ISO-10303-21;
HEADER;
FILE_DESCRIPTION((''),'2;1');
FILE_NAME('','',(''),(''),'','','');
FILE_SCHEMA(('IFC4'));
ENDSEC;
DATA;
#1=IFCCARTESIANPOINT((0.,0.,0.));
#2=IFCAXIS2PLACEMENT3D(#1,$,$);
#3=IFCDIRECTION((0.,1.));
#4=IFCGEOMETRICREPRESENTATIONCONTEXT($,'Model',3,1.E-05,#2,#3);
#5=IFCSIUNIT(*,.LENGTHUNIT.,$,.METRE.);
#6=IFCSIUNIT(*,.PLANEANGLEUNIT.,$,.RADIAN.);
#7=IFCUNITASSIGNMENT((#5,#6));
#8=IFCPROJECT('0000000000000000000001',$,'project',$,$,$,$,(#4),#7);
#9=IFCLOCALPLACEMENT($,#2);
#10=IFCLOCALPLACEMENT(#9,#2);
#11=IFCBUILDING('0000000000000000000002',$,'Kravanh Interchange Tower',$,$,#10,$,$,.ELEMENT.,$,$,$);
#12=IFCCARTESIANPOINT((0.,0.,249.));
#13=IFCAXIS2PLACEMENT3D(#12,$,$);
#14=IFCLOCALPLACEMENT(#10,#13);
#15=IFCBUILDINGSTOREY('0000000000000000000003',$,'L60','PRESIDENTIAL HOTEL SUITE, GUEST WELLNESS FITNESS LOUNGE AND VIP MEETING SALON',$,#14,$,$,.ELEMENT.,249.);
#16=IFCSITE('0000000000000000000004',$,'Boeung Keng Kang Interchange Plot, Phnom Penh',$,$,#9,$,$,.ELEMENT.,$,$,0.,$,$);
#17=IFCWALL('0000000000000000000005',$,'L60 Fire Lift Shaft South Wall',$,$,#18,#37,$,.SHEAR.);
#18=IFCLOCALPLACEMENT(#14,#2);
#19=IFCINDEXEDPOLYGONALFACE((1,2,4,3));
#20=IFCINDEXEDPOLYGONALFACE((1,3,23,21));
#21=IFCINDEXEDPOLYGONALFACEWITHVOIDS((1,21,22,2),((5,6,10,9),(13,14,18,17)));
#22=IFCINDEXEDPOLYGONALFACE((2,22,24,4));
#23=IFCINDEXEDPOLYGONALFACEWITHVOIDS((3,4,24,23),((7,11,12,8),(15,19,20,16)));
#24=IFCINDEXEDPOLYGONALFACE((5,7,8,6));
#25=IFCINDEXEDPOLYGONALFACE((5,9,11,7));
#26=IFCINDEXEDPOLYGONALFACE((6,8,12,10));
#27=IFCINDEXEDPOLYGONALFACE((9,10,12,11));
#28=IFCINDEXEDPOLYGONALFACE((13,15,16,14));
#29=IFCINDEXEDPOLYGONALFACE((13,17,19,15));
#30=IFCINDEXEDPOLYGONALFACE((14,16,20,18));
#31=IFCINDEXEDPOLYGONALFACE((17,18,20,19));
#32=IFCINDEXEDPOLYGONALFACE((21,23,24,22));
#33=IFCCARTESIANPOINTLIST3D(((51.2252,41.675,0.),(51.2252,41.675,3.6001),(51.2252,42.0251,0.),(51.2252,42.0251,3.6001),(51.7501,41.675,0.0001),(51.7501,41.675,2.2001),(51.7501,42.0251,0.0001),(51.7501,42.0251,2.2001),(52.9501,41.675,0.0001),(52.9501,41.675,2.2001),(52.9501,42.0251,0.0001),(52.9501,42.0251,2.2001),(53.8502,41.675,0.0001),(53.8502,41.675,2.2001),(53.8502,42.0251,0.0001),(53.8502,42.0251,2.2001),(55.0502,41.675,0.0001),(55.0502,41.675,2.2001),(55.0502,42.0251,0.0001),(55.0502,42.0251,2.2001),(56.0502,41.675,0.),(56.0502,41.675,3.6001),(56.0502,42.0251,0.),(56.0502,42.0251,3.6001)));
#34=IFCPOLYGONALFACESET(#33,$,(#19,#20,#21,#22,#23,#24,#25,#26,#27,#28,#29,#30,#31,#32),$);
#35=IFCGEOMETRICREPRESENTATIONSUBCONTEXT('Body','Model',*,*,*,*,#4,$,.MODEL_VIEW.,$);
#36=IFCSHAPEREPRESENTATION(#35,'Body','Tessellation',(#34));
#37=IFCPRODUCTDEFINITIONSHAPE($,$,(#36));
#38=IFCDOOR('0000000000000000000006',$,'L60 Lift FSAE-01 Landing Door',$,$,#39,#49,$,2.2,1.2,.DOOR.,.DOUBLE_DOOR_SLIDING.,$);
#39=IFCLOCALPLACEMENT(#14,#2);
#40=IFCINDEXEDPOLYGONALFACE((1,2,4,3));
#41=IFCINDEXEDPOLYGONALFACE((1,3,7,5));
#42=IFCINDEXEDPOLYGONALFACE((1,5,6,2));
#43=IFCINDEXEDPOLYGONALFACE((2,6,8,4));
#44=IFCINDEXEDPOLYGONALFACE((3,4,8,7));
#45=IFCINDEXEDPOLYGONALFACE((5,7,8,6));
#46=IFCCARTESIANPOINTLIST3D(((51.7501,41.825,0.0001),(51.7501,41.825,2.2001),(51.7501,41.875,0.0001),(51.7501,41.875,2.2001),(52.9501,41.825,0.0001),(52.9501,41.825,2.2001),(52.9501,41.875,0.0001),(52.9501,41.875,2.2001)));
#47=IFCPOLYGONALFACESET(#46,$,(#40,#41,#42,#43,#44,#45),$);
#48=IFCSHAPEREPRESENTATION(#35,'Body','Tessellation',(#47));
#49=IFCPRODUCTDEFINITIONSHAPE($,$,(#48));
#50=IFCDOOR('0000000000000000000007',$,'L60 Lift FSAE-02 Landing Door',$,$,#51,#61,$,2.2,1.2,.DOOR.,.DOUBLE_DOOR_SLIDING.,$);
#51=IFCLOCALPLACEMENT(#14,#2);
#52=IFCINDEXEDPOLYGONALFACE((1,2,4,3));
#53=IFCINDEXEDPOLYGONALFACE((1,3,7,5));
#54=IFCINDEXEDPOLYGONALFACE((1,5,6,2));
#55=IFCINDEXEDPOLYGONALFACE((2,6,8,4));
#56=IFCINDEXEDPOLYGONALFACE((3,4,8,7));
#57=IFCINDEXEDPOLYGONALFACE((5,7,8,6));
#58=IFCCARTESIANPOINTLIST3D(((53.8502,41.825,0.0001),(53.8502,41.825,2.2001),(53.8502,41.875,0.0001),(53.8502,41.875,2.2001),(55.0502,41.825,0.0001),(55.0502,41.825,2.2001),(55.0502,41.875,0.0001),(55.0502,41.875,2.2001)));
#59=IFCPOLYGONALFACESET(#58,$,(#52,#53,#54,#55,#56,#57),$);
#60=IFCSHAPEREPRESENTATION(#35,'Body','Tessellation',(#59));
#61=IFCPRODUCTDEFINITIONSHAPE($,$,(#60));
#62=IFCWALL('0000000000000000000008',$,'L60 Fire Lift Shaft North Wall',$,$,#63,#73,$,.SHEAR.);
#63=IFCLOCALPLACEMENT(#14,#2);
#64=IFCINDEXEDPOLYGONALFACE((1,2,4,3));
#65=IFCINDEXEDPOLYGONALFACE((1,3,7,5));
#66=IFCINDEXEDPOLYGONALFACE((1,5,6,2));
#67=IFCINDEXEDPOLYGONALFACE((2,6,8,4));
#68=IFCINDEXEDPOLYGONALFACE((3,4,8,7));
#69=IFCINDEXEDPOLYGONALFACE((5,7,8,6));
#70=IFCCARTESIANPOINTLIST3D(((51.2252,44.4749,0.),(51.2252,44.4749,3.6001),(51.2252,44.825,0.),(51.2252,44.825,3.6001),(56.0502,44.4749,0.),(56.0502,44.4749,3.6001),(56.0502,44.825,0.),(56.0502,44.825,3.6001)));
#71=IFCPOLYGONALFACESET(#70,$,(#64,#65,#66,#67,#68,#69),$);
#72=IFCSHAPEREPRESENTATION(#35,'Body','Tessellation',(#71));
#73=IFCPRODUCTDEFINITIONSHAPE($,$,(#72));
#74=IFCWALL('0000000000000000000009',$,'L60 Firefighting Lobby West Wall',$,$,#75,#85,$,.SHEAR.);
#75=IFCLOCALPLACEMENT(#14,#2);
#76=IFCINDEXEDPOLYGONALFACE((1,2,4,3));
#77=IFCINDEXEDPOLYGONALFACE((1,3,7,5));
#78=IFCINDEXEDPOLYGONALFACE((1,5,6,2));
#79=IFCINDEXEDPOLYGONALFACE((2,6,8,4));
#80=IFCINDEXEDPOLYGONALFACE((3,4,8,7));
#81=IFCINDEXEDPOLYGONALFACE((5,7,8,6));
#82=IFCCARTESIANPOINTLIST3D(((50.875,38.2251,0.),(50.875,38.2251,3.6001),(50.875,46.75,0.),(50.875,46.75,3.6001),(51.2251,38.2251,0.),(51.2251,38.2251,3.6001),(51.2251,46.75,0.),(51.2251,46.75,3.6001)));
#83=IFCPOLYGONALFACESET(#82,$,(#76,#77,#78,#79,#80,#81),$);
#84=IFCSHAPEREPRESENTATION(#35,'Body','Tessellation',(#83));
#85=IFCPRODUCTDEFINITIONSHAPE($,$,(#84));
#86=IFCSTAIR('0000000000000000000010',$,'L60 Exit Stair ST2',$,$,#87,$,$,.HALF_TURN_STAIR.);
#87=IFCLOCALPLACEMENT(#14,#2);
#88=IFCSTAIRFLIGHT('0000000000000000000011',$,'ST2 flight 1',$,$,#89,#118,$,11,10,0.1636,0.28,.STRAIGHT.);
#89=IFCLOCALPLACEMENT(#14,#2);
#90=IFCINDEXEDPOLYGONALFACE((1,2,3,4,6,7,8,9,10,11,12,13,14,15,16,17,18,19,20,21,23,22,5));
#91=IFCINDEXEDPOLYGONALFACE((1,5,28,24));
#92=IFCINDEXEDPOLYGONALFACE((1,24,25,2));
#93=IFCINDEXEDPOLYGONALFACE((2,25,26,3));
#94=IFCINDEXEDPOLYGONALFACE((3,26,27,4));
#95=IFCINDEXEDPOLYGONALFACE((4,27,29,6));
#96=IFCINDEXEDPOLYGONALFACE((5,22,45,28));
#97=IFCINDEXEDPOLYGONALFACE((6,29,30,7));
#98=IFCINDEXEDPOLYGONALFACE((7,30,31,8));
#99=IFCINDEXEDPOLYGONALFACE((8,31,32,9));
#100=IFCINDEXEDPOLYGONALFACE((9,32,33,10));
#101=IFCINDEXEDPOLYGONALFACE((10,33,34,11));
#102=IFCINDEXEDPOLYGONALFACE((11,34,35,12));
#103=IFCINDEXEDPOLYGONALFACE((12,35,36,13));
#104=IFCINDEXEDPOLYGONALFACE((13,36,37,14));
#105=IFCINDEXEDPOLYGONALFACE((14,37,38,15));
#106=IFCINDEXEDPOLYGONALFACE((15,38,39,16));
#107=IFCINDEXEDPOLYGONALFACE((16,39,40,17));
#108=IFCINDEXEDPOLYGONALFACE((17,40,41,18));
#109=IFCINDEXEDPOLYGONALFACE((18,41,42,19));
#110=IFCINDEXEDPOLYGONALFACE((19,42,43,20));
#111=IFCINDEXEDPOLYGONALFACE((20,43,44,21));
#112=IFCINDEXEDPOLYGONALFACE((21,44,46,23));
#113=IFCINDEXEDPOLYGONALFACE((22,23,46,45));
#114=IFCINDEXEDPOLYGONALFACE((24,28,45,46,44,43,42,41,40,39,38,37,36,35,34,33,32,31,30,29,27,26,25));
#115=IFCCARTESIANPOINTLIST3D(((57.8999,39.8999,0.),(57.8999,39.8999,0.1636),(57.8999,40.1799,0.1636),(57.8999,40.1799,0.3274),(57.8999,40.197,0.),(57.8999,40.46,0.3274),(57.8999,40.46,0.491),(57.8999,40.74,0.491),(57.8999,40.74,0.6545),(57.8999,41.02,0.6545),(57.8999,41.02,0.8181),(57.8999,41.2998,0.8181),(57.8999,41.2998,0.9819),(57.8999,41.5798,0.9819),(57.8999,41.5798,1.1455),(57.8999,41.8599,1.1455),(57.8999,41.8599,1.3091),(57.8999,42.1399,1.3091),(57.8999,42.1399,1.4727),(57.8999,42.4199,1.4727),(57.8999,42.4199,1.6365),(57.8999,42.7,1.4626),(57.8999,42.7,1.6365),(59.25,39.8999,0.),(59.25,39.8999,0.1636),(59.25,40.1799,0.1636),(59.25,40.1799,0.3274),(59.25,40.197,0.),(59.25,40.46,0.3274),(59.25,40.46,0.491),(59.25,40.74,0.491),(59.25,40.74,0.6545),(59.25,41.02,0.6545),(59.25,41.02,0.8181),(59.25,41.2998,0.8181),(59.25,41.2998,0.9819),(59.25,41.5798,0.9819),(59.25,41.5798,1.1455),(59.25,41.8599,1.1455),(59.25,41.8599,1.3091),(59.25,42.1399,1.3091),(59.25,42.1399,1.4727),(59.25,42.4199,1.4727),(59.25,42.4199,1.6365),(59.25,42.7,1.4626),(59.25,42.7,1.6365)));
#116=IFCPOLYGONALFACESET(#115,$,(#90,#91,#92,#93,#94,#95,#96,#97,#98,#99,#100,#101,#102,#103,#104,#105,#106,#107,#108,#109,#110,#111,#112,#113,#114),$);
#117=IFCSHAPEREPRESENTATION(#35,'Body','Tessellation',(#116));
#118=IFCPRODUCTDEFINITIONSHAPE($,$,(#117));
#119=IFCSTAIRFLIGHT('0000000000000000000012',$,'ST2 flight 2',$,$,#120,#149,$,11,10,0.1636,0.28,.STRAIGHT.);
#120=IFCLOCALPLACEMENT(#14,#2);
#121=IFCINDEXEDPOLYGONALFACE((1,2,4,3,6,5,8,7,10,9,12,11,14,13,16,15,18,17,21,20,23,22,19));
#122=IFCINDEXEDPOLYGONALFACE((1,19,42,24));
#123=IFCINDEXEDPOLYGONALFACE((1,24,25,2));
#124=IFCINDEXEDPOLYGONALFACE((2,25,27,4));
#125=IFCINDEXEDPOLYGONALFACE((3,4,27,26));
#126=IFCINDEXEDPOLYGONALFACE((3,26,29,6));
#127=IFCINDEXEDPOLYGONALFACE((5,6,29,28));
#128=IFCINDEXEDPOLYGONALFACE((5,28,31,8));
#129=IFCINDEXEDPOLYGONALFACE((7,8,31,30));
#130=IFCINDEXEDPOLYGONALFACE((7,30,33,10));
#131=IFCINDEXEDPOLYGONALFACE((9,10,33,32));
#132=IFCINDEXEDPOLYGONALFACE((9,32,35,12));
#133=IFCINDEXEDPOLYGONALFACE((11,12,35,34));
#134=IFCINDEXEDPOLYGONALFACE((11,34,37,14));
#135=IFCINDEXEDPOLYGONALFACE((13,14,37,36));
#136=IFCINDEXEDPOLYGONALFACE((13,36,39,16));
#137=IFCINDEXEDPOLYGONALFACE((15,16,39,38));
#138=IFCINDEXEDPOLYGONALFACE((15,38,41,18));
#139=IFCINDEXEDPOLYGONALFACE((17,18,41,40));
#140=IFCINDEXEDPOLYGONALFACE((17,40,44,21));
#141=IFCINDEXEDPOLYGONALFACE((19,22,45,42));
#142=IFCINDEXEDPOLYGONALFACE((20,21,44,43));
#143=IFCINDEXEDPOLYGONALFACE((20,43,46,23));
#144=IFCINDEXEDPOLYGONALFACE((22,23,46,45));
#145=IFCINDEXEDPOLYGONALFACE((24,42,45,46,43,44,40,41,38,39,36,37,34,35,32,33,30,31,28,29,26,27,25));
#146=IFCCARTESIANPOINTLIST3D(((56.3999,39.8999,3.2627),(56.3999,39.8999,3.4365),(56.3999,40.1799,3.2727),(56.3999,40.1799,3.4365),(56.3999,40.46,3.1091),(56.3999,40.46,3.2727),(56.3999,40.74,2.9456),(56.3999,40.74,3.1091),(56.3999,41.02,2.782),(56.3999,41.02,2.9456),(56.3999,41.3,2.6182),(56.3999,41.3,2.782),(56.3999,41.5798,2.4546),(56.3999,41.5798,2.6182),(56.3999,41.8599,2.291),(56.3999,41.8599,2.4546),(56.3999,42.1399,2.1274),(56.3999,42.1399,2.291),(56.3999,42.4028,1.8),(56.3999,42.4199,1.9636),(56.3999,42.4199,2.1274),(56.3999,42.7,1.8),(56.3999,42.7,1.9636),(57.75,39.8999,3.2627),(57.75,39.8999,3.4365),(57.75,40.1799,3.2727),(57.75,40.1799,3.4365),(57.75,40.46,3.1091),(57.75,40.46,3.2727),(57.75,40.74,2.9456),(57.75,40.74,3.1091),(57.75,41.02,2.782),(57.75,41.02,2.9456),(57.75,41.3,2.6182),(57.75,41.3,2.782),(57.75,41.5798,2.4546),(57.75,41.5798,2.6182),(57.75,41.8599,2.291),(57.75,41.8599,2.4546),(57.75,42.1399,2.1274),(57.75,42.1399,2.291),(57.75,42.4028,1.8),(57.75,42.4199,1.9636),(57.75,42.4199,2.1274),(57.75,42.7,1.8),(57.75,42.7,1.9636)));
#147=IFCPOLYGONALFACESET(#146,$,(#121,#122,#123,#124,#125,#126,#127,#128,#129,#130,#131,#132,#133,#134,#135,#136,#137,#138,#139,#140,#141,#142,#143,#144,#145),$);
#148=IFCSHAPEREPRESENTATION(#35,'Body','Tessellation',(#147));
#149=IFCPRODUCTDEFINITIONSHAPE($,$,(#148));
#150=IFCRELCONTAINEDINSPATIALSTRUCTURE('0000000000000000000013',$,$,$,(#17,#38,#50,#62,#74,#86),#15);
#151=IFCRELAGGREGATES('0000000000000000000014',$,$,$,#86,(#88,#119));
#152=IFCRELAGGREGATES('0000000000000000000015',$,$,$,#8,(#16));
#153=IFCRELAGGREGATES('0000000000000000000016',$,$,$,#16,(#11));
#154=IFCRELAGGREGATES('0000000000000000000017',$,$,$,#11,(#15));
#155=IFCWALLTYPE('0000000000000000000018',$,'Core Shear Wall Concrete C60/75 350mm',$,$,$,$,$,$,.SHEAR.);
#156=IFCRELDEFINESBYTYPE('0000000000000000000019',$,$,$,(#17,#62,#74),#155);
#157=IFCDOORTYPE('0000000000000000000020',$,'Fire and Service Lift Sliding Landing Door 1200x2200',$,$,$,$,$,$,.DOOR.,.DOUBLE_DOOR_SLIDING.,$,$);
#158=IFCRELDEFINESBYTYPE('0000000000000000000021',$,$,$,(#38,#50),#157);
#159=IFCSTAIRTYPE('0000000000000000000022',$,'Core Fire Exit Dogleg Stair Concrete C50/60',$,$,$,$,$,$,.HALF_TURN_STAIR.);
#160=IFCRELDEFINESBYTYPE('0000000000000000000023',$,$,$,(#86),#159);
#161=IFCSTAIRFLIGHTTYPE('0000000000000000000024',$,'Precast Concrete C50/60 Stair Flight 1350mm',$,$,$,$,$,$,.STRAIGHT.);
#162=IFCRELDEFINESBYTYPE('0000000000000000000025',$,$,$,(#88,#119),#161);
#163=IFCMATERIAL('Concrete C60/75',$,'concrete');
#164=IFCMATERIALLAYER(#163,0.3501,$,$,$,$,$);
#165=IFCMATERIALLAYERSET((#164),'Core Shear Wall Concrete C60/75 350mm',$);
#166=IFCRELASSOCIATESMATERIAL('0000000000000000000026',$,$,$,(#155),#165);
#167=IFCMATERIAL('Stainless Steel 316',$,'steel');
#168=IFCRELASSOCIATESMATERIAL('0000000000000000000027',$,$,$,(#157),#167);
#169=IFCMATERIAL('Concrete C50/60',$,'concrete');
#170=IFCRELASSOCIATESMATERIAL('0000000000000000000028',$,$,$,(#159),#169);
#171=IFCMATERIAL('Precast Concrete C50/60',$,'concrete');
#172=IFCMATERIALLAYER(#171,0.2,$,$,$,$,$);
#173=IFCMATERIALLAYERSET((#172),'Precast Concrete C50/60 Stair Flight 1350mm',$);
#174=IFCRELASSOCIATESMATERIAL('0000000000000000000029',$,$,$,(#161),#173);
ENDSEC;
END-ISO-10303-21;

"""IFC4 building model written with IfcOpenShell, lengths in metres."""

from ifc_helpers import new_model, si_unit, direction, frame, frame_2d, origin, place, context, subcontext, project, spatial, polyline, rectangle, outline, extrude, material, layer, layer_set, type_object, element, fill, aggregate, save


model = new_model("IFC4")

# Units and contexts
model_context = context("Model", 3, precision=1e-05, world=origin(), true_north=direction((0.0, 1.0)))
body_context = subcontext(model_context, "Body", "Model", "MODEL_VIEW")
ifc_project = project(units=[si_unit("LENGTHUNIT", "METRE"), si_unit("PLANEANGLEUNIT", "RADIAN")], contexts=[model_context])

# Site, building, storey
site_placement = place(None, origin())
site = spatial("IfcSite", under=ifc_project, at=site_placement, Name="Boeung Keng Kang Interchange Plot, Phnom Penh", CompositionType="ELEMENT", RefElevation=0.0)
building_placement = place(site_placement, origin())
building = spatial("IfcBuilding", under=site, at=building_placement, Name="Kravanh Interchange Tower", CompositionType="ELEMENT")
storey_placement = place(building_placement, frame((0.0, 0.0, 249.0)))
storey = spatial("IfcBuildingStorey", under=building, at=storey_placement, Name="L60", Description="PRESIDENTIAL HOTEL SUITE, GUEST WELLNESS FITNESS LOUNGE AND VIP MEETING SALON", CompositionType="ELEMENT", Elevation=249.0)

# Shared definitions
ifc_material_1 = material(Name="Concrete C60/75", Category="concrete")
ifc_layer_1 = layer(ifc_material_1, 0.3501)
ifc_layer_set_1 = layer_set([ifc_layer_1], Name="Core Shear Wall Concrete C60/75 350mm")
wall_type = type_object("IfcWallType", Name="Core Shear Wall Concrete C60/75 350mm", PredefinedType="SHEAR", material=ifc_layer_set_1)

# Wall, openings, doors
wall_1_placement = place(storey_placement, frame((51.2251, 41.8501, 0.0), z_axis=(0.0, 0.0, 1.0), x_axis=(1.0, 0.0, 0.0)))
wall_1 = element("IfcWall", 1, at=wall_1_placement, inside=storey, type_object=wall_type, Name="L60 Fire Lift Shaft South Wall", PredefinedType="SHEAR", context=body_context, shape_type="SweptSolid", body=[
    extrude(rectangle(XDim=4.825, YDim=0.3501, at=frame_2d((2.4126, 0.0))), origin(), (0.0, 0.0, 1.0), 3.6001),
])
opening_1_placement = place(wall_1_placement, frame((0.5249, 0.0, 0.0)))
opening_1 = element("IfcOpeningElement", 2, at=opening_1_placement, cuts=wall_1, PredefinedType="OPENING", context=body_context, shape_type="SweptSolid", body=[
    extrude(rectangle(XDim=1.2, YDim=2.2, at=frame_2d((0.6001, 1.1001))), frame((0.0, 0.1851, 0.0), z_axis=(0.0, -1.0, 0.0), x_axis=(1.0, 0.0, 0.0)), (0.0, 0.0, 1.0), 0.3701),
])
opening_2_placement = place(wall_1_placement, frame((2.625, 0.0, 0.0)))
opening_2 = element("IfcOpeningElement", 3, at=opening_2_placement, cuts=wall_1, PredefinedType="OPENING", context=body_context, shape_type="SweptSolid", body=[
    extrude(rectangle(XDim=1.2, YDim=2.2, at=frame_2d((0.6001, 1.1001))), frame((0.0, 0.1851, 0.0), z_axis=(0.0, -1.0, 0.0), x_axis=(1.0, 0.0, 0.0)), (0.0, 0.0, 1.0), 0.3701),
])
ifc_material_2 = material(Name="Stainless Steel 316", Category="steel")
door_type_1 = type_object("IfcDoorType", Name="Fire and Service Lift Sliding Landing Door 1200x2200", OperationType="DOUBLE_DOOR_SLIDING", PredefinedType="DOOR", material=ifc_material_2)
door_1_placement = place(opening_1_placement, origin())
door_1 = element("IfcDoor", 4, at=door_1_placement, inside=storey, type_object=door_type_1, Name="L60 Lift FSAE-01 Landing Door", OperationType="DOUBLE_DOOR_SLIDING", OverallHeight=2.2, OverallWidth=1.2, PredefinedType="DOOR", context=body_context, shape_type="SweptSolid", body=[
    extrude(rectangle(XDim=1.2, YDim=2.2, at=frame_2d((0.6001, 1.1001))), frame((0.0, 0.0249, 0.0), z_axis=(0.0, -1.0, 0.0), x_axis=(1.0, 0.0, 0.0)), (0.0, 0.0, 1.0), 0.05),
])
fill(opening_1, door_1)
door_2_placement = place(opening_2_placement, origin())
door_2 = element("IfcDoor", 5, at=door_2_placement, inside=storey, type_object=door_type_1, Name="L60 Lift FSAE-02 Landing Door", OperationType="DOUBLE_DOOR_SLIDING", OverallHeight=2.2, OverallWidth=1.2, PredefinedType="DOOR", context=body_context, shape_type="SweptSolid", body=[
    extrude(rectangle(XDim=1.2, YDim=2.2, at=frame_2d((0.6001, 1.1001))), frame((0.0, 0.0249, 0.0), z_axis=(0.0, -1.0, 0.0), x_axis=(1.0, 0.0, 0.0)), (0.0, 0.0, 1.0), 0.05),
])
fill(opening_2, door_2)

# Walls
wall_2_placement = place(storey_placement, frame((51.2251, 44.6499, 0.0), z_axis=(0.0, 0.0, 1.0), x_axis=(1.0, 0.0, 0.0)))
element("IfcWall", 6, at=wall_2_placement, inside=storey, type_object=wall_type, Name="L60 Fire Lift Shaft North Wall", PredefinedType="SHEAR", context=body_context, shape_type="SweptSolid", body=[
    extrude(rectangle(XDim=4.825, YDim=0.3501, at=frame_2d((2.4126, 0.0))), origin(), (0.0, 0.0, 1.0), 3.6001),
])
wall_3_placement = place(storey_placement, frame((51.05, 38.2251, 0.0), z_axis=(0.0, 0.0, 1.0), x_axis=(0.0, 1.0, 0.0)))
element("IfcWall", 7, at=wall_3_placement, inside=storey, type_object=wall_type, Name="L60 Firefighting Lobby West Wall", PredefinedType="SHEAR", context=body_context, shape_type="SweptSolid", body=[
    extrude(rectangle(XDim=8.5249, YDim=0.3501, at=frame_2d((4.2625, 0.0))), origin(), (0.0, 0.0, 1.0), 3.6001),
])

# Stair, stair flights
ifc_material_3 = material(Name="Concrete C50/60", Category="concrete")
stair_type = type_object("IfcStairType", Name="Core Fire Exit Dogleg Stair Concrete C50/60", PredefinedType="HALF_TURN_STAIR", material=ifc_material_3)
stair_placement = place(storey_placement, origin())
stair = element("IfcStair", 8, at=stair_placement, inside=storey, type_object=stair_type, Name="L60 Exit Stair ST2", PredefinedType="HALF_TURN_STAIR")
ifc_material_4 = material(Name="Precast Concrete C50/60", Category="concrete")
ifc_layer_2 = layer(ifc_material_4, 0.2)
ifc_layer_set_2 = layer_set([ifc_layer_2], Name="Precast Concrete C50/60 Stair Flight 1350mm")
stair_flight_type = type_object("IfcStairFlightType", Name="Precast Concrete C50/60 Stair Flight 1350mm", PredefinedType="STRAIGHT", material=ifc_layer_set_2)
stair_flight_1_placement = place(storey_placement, frame((58.575, 39.8999, 0.0), z_axis=(0.0, 0.0, 1.0), x_axis=(0.0, 1.0, 0.0)))
stair_flight_1 = element("IfcStairFlight", 9, at=stair_flight_1_placement, type_object=stair_flight_type, Name="ST2 flight 1", NumberOfRisers=11, NumberOfTreads=10, PredefinedType="STRAIGHT", RiserHeight=0.1636, TreadLength=0.28, context=body_context, shape_type="SweptSolid", body=[
    extrude(outline(polyline([(0.0, 0.0), (0.0, 0.1636), (0.28, 0.1636), (0.28, 0.3274), (0.5601, 0.3274), (0.5601, 0.491), (0.8401, 0.491), (0.8401, 0.6545), (1.1201, 0.6545), (1.1201, 0.8181), (1.3999, 0.8181), (1.3999, 0.9819), (1.6799, 0.9819), (1.6799, 1.1455), (1.96, 1.1455), (1.96, 1.3091), (2.24, 1.3091), (2.24, 1.4727), (2.52, 1.4727), (2.52, 1.6365), (2.8, 1.6365), (2.8, 1.8), (2.8, 1.4626), (0.2971, 0.0), (0.0, 0.0)])), frame((0.0, 0.675, 0.0), z_axis=(0.0, -1.0, 0.0), x_axis=(1.0, 0.0, 0.0)), (0.0, 0.0, 1.0), 1.3501),
])
stair_flight_2_placement = place(storey_placement, frame((57.075, 42.7, 1.8), z_axis=(0.0, 0.0, 1.0), x_axis=(0.0, -1.0, 0.0)))
stair_flight_2 = element("IfcStairFlight", 10, at=stair_flight_2_placement, type_object=stair_flight_type, Name="ST2 flight 2", NumberOfRisers=11, NumberOfTreads=10, PredefinedType="STRAIGHT", RiserHeight=0.1636, TreadLength=0.28, context=body_context, shape_type="SweptSolid", body=[
    extrude(outline(polyline([(0.0, 0.0), (0.0, 0.1636), (0.28, 0.1636), (0.28, 0.3274), (0.5601, 0.3274), (0.5601, 0.491), (0.8401, 0.491), (0.8401, 0.6545), (1.1201, 0.6545), (1.1201, 0.8181), (1.3999, 0.8181), (1.3999, 0.9819), (1.6799, 0.9819), (1.6799, 1.1455), (1.96, 1.1455), (1.96, 1.3091), (2.24, 1.3091), (2.24, 1.4727), (2.52, 1.4727), (2.52, 1.6365), (2.8, 1.6365), (2.8, 1.8), (2.8, 1.4626), (0.2971, 0.0), (0.0, 0.0)])), frame((0.0, 0.675, 0.0), z_axis=(0.0, -1.0, 0.0), x_axis=(1.0, 0.0, 0.0)), (0.0, 0.0, 1.0), 1.3501),
])
aggregate(stair, [stair_flight_1, stair_flight_2])

save(model, "model.ifc")
